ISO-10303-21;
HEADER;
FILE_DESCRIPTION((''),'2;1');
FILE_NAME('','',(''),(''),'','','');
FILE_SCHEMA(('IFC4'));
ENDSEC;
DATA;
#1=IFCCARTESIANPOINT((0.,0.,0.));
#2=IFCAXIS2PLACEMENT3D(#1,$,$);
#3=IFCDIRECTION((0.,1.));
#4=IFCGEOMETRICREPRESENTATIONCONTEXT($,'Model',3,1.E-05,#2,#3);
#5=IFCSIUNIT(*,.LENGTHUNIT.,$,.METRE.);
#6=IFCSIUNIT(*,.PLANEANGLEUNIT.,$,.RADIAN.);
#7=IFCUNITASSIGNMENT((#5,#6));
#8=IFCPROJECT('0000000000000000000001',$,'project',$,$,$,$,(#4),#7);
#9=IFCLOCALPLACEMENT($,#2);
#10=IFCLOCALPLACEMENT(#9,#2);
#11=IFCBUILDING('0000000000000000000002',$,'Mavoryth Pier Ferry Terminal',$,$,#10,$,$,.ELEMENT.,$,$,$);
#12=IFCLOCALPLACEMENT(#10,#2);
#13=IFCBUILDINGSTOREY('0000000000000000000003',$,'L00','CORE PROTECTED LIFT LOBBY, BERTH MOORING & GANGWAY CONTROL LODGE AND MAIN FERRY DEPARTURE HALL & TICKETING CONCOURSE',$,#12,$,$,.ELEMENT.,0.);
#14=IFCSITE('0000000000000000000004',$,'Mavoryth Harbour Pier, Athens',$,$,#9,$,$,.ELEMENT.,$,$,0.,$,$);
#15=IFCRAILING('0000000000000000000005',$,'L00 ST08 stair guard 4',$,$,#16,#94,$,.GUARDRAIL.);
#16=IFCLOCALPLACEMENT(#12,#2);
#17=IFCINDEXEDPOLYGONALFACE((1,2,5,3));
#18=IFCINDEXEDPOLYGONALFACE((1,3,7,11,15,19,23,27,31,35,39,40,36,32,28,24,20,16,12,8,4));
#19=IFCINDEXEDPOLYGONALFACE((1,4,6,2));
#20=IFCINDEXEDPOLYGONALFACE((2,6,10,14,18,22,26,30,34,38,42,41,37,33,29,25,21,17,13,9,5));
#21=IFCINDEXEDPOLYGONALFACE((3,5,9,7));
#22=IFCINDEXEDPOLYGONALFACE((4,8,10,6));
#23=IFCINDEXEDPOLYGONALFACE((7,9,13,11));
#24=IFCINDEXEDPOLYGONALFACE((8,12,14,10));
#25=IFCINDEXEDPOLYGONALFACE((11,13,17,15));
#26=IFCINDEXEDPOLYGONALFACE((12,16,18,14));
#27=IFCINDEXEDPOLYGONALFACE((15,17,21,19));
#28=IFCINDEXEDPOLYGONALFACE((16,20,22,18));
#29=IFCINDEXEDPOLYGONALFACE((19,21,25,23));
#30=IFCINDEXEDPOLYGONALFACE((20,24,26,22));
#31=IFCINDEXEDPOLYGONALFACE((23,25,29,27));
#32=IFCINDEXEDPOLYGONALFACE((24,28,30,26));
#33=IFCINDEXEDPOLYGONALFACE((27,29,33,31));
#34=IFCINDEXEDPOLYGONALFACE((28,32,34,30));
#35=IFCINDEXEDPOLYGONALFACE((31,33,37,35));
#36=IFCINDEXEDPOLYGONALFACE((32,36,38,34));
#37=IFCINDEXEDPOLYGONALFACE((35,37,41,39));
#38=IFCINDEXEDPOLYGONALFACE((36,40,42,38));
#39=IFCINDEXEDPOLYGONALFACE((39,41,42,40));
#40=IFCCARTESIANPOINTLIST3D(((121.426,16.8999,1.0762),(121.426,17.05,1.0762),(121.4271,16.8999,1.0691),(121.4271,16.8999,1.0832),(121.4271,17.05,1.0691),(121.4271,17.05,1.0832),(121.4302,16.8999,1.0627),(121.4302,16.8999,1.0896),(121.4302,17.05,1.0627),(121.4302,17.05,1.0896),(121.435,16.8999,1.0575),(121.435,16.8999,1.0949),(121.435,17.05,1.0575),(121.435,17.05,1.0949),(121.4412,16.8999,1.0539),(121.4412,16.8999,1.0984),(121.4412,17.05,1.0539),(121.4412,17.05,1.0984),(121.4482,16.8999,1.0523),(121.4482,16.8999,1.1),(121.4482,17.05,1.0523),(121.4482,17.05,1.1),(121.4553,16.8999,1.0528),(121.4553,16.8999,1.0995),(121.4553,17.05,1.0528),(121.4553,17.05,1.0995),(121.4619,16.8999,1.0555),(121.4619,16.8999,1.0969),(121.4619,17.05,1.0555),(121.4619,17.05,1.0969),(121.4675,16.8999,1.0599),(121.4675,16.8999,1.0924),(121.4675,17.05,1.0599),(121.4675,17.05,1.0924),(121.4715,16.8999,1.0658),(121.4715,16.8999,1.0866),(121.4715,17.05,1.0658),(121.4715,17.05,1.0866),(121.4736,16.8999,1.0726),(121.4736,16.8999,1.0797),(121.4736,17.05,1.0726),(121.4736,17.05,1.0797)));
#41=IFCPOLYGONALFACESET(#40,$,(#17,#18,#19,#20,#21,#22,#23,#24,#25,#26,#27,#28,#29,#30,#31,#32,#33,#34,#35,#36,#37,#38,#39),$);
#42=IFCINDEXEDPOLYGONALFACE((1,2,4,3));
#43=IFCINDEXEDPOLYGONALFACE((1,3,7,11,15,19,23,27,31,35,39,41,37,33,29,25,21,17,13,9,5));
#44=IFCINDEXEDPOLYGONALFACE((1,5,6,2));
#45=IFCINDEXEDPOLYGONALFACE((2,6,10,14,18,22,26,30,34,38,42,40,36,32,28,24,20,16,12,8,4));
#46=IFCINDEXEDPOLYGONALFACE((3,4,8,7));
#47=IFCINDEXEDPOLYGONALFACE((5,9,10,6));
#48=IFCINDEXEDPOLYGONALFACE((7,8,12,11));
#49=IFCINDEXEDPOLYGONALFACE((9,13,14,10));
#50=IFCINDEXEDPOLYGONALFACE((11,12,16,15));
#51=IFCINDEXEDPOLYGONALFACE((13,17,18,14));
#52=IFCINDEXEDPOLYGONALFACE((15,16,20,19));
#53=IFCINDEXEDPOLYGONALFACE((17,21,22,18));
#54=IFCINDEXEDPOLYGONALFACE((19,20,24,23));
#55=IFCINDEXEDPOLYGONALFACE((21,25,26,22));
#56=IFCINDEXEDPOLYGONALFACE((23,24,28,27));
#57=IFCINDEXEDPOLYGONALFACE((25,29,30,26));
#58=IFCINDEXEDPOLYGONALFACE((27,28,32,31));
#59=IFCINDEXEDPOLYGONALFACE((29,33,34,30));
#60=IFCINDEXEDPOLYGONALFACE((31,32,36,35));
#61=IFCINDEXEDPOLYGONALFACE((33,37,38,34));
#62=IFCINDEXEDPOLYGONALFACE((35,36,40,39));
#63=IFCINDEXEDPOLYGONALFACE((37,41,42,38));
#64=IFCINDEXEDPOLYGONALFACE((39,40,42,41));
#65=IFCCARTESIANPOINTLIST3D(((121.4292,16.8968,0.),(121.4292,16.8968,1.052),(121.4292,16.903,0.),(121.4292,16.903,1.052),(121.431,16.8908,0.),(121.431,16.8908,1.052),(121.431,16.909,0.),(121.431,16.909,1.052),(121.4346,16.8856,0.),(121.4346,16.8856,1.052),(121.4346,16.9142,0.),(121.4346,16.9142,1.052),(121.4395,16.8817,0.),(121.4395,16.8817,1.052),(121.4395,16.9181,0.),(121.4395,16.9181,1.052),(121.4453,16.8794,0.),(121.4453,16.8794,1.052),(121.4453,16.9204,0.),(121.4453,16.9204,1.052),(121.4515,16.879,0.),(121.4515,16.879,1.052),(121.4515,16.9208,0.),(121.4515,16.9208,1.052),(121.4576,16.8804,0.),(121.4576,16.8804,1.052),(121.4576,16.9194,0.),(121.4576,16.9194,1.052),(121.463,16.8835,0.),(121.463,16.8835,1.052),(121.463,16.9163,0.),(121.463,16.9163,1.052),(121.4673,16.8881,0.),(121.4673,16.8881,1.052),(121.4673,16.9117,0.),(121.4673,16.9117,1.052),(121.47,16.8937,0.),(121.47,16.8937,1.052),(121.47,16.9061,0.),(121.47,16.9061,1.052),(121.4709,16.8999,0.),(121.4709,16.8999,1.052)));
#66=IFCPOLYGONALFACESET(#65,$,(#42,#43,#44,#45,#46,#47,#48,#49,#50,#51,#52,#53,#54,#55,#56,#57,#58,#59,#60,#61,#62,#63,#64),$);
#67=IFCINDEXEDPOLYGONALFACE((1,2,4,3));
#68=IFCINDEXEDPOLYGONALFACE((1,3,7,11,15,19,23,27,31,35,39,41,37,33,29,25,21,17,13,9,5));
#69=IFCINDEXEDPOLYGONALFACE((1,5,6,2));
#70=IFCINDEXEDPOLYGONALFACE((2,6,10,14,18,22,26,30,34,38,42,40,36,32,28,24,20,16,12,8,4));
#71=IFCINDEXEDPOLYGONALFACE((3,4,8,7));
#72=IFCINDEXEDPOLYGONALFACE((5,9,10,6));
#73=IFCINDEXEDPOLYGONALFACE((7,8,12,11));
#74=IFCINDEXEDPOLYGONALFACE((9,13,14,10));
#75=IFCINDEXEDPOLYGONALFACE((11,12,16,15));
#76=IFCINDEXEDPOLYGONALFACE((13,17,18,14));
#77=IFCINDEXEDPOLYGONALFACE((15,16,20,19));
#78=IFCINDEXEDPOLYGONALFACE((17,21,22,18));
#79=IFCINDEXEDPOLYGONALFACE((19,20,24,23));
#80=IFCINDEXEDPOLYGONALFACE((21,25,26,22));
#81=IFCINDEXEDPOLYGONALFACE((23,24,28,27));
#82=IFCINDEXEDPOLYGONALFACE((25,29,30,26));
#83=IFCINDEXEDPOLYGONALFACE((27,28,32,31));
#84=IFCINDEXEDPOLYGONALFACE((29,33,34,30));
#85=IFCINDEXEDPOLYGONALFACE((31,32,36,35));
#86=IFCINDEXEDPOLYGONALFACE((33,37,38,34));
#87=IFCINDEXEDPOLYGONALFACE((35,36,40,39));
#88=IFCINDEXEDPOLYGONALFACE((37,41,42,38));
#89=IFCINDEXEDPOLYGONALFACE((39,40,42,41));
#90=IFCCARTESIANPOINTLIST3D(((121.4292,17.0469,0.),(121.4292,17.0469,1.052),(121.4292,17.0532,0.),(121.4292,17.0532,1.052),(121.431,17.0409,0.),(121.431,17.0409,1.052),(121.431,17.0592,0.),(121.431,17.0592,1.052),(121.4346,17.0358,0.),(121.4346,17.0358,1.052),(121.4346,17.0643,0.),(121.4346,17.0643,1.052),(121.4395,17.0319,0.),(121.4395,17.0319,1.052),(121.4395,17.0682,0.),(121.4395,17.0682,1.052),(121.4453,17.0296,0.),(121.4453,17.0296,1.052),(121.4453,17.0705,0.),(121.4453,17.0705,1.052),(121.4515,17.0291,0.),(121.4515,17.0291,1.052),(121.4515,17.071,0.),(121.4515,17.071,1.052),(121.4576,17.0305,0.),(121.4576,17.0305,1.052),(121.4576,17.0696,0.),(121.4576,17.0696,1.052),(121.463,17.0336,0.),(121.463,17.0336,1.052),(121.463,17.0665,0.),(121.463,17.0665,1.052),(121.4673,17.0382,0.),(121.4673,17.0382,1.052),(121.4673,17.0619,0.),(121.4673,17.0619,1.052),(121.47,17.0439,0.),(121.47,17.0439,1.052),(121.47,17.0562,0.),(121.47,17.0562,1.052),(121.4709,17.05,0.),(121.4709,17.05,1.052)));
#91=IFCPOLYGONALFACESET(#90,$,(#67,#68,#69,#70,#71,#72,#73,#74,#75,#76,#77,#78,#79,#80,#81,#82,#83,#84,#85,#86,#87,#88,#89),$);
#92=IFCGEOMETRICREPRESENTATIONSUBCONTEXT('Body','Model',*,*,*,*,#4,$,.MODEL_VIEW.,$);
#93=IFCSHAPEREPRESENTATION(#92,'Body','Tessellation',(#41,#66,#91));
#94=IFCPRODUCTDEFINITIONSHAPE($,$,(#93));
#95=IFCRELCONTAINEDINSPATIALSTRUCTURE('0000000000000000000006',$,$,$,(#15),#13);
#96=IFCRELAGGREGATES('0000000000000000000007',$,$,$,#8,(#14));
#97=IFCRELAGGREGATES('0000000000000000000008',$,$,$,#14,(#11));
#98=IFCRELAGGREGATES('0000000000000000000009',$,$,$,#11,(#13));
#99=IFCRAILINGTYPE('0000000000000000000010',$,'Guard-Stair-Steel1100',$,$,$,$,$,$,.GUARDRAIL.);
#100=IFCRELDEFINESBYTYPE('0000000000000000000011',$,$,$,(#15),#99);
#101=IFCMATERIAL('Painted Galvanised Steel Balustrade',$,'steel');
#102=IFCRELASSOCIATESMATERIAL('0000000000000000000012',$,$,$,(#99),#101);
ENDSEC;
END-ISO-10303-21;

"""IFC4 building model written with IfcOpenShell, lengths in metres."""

from ifc_helpers import new_model, si_unit, direction, frame, origin, origin_2d, place, context, subcontext, project, spatial, circle, extrude, material, type_object, element, save


model = new_model("IFC4")

# Units and contexts
model_context = context("Model", 3, precision=1e-05, world=origin(), true_north=direction((0.0, 1.0)))
body_context = subcontext(model_context, "Body", "Model", "MODEL_VIEW")
ifc_project = project(units=[si_unit("LENGTHUNIT", "METRE"), si_unit("PLANEANGLEUNIT", "RADIAN")], contexts=[model_context])

# Site, building, storey
site_placement = place(None, origin())
site = spatial("IfcSite", under=ifc_project, at=site_placement, Name="Mavoryth Harbour Pier, Athens", CompositionType="ELEMENT", RefElevation=0.0)
building_placement = place(site_placement, origin())
building = spatial("IfcBuilding", under=site, at=building_placement, Name="Mavoryth Pier Ferry Terminal", CompositionType="ELEMENT")
storey_placement = place(building_placement, origin())
storey = spatial("IfcBuildingStorey", under=building, at=storey_placement, Name="L00", Description="CORE PROTECTED LIFT LOBBY, BERTH MOORING & GANGWAY CONTROL LODGE AND MAIN FERRY DEPARTURE HALL & TICKETING CONCOURSE", CompositionType="ELEMENT", Elevation=0.0)

# Railing
ifc_material_1 = material(Name="Painted Galvanised Steel Balustrade", Category="steel")
railing_type_1 = type_object("IfcRailingType", Name="Guard-Stair-Steel1100", PredefinedType="GUARDRAIL", material=ifc_material_1)
railing_1_placement = place(storey_placement, frame((121.45, 16.8999, 0.0)))
element("IfcRailing", 1, at=railing_1_placement, inside=storey, type_object=railing_type_1, Name="L00 ST08 stair guard 4", PredefinedType="GUARDRAIL", context=body_context, shape_type="SweptSolid", body=[
    extrude(circle(Radius=0.0239, at=origin_2d()), frame((0.0, 0.0, 1.0762), z_axis=(0.0, 1.0, 0.0), x_axis=(-1.0, 0.0, 0.0)), (0.0, 0.0, 1.0), 0.1501),
    extrude(circle(Radius=0.021, at=origin_2d()), origin(), (0.0, 0.0, 1.0), 1.052),
    extrude(circle(Radius=0.021, at=origin_2d()), frame((0.0, 0.1501, 0.0)), (0.0, 0.0, 1.0), 1.052),
])

save(model, "model.ifc")
